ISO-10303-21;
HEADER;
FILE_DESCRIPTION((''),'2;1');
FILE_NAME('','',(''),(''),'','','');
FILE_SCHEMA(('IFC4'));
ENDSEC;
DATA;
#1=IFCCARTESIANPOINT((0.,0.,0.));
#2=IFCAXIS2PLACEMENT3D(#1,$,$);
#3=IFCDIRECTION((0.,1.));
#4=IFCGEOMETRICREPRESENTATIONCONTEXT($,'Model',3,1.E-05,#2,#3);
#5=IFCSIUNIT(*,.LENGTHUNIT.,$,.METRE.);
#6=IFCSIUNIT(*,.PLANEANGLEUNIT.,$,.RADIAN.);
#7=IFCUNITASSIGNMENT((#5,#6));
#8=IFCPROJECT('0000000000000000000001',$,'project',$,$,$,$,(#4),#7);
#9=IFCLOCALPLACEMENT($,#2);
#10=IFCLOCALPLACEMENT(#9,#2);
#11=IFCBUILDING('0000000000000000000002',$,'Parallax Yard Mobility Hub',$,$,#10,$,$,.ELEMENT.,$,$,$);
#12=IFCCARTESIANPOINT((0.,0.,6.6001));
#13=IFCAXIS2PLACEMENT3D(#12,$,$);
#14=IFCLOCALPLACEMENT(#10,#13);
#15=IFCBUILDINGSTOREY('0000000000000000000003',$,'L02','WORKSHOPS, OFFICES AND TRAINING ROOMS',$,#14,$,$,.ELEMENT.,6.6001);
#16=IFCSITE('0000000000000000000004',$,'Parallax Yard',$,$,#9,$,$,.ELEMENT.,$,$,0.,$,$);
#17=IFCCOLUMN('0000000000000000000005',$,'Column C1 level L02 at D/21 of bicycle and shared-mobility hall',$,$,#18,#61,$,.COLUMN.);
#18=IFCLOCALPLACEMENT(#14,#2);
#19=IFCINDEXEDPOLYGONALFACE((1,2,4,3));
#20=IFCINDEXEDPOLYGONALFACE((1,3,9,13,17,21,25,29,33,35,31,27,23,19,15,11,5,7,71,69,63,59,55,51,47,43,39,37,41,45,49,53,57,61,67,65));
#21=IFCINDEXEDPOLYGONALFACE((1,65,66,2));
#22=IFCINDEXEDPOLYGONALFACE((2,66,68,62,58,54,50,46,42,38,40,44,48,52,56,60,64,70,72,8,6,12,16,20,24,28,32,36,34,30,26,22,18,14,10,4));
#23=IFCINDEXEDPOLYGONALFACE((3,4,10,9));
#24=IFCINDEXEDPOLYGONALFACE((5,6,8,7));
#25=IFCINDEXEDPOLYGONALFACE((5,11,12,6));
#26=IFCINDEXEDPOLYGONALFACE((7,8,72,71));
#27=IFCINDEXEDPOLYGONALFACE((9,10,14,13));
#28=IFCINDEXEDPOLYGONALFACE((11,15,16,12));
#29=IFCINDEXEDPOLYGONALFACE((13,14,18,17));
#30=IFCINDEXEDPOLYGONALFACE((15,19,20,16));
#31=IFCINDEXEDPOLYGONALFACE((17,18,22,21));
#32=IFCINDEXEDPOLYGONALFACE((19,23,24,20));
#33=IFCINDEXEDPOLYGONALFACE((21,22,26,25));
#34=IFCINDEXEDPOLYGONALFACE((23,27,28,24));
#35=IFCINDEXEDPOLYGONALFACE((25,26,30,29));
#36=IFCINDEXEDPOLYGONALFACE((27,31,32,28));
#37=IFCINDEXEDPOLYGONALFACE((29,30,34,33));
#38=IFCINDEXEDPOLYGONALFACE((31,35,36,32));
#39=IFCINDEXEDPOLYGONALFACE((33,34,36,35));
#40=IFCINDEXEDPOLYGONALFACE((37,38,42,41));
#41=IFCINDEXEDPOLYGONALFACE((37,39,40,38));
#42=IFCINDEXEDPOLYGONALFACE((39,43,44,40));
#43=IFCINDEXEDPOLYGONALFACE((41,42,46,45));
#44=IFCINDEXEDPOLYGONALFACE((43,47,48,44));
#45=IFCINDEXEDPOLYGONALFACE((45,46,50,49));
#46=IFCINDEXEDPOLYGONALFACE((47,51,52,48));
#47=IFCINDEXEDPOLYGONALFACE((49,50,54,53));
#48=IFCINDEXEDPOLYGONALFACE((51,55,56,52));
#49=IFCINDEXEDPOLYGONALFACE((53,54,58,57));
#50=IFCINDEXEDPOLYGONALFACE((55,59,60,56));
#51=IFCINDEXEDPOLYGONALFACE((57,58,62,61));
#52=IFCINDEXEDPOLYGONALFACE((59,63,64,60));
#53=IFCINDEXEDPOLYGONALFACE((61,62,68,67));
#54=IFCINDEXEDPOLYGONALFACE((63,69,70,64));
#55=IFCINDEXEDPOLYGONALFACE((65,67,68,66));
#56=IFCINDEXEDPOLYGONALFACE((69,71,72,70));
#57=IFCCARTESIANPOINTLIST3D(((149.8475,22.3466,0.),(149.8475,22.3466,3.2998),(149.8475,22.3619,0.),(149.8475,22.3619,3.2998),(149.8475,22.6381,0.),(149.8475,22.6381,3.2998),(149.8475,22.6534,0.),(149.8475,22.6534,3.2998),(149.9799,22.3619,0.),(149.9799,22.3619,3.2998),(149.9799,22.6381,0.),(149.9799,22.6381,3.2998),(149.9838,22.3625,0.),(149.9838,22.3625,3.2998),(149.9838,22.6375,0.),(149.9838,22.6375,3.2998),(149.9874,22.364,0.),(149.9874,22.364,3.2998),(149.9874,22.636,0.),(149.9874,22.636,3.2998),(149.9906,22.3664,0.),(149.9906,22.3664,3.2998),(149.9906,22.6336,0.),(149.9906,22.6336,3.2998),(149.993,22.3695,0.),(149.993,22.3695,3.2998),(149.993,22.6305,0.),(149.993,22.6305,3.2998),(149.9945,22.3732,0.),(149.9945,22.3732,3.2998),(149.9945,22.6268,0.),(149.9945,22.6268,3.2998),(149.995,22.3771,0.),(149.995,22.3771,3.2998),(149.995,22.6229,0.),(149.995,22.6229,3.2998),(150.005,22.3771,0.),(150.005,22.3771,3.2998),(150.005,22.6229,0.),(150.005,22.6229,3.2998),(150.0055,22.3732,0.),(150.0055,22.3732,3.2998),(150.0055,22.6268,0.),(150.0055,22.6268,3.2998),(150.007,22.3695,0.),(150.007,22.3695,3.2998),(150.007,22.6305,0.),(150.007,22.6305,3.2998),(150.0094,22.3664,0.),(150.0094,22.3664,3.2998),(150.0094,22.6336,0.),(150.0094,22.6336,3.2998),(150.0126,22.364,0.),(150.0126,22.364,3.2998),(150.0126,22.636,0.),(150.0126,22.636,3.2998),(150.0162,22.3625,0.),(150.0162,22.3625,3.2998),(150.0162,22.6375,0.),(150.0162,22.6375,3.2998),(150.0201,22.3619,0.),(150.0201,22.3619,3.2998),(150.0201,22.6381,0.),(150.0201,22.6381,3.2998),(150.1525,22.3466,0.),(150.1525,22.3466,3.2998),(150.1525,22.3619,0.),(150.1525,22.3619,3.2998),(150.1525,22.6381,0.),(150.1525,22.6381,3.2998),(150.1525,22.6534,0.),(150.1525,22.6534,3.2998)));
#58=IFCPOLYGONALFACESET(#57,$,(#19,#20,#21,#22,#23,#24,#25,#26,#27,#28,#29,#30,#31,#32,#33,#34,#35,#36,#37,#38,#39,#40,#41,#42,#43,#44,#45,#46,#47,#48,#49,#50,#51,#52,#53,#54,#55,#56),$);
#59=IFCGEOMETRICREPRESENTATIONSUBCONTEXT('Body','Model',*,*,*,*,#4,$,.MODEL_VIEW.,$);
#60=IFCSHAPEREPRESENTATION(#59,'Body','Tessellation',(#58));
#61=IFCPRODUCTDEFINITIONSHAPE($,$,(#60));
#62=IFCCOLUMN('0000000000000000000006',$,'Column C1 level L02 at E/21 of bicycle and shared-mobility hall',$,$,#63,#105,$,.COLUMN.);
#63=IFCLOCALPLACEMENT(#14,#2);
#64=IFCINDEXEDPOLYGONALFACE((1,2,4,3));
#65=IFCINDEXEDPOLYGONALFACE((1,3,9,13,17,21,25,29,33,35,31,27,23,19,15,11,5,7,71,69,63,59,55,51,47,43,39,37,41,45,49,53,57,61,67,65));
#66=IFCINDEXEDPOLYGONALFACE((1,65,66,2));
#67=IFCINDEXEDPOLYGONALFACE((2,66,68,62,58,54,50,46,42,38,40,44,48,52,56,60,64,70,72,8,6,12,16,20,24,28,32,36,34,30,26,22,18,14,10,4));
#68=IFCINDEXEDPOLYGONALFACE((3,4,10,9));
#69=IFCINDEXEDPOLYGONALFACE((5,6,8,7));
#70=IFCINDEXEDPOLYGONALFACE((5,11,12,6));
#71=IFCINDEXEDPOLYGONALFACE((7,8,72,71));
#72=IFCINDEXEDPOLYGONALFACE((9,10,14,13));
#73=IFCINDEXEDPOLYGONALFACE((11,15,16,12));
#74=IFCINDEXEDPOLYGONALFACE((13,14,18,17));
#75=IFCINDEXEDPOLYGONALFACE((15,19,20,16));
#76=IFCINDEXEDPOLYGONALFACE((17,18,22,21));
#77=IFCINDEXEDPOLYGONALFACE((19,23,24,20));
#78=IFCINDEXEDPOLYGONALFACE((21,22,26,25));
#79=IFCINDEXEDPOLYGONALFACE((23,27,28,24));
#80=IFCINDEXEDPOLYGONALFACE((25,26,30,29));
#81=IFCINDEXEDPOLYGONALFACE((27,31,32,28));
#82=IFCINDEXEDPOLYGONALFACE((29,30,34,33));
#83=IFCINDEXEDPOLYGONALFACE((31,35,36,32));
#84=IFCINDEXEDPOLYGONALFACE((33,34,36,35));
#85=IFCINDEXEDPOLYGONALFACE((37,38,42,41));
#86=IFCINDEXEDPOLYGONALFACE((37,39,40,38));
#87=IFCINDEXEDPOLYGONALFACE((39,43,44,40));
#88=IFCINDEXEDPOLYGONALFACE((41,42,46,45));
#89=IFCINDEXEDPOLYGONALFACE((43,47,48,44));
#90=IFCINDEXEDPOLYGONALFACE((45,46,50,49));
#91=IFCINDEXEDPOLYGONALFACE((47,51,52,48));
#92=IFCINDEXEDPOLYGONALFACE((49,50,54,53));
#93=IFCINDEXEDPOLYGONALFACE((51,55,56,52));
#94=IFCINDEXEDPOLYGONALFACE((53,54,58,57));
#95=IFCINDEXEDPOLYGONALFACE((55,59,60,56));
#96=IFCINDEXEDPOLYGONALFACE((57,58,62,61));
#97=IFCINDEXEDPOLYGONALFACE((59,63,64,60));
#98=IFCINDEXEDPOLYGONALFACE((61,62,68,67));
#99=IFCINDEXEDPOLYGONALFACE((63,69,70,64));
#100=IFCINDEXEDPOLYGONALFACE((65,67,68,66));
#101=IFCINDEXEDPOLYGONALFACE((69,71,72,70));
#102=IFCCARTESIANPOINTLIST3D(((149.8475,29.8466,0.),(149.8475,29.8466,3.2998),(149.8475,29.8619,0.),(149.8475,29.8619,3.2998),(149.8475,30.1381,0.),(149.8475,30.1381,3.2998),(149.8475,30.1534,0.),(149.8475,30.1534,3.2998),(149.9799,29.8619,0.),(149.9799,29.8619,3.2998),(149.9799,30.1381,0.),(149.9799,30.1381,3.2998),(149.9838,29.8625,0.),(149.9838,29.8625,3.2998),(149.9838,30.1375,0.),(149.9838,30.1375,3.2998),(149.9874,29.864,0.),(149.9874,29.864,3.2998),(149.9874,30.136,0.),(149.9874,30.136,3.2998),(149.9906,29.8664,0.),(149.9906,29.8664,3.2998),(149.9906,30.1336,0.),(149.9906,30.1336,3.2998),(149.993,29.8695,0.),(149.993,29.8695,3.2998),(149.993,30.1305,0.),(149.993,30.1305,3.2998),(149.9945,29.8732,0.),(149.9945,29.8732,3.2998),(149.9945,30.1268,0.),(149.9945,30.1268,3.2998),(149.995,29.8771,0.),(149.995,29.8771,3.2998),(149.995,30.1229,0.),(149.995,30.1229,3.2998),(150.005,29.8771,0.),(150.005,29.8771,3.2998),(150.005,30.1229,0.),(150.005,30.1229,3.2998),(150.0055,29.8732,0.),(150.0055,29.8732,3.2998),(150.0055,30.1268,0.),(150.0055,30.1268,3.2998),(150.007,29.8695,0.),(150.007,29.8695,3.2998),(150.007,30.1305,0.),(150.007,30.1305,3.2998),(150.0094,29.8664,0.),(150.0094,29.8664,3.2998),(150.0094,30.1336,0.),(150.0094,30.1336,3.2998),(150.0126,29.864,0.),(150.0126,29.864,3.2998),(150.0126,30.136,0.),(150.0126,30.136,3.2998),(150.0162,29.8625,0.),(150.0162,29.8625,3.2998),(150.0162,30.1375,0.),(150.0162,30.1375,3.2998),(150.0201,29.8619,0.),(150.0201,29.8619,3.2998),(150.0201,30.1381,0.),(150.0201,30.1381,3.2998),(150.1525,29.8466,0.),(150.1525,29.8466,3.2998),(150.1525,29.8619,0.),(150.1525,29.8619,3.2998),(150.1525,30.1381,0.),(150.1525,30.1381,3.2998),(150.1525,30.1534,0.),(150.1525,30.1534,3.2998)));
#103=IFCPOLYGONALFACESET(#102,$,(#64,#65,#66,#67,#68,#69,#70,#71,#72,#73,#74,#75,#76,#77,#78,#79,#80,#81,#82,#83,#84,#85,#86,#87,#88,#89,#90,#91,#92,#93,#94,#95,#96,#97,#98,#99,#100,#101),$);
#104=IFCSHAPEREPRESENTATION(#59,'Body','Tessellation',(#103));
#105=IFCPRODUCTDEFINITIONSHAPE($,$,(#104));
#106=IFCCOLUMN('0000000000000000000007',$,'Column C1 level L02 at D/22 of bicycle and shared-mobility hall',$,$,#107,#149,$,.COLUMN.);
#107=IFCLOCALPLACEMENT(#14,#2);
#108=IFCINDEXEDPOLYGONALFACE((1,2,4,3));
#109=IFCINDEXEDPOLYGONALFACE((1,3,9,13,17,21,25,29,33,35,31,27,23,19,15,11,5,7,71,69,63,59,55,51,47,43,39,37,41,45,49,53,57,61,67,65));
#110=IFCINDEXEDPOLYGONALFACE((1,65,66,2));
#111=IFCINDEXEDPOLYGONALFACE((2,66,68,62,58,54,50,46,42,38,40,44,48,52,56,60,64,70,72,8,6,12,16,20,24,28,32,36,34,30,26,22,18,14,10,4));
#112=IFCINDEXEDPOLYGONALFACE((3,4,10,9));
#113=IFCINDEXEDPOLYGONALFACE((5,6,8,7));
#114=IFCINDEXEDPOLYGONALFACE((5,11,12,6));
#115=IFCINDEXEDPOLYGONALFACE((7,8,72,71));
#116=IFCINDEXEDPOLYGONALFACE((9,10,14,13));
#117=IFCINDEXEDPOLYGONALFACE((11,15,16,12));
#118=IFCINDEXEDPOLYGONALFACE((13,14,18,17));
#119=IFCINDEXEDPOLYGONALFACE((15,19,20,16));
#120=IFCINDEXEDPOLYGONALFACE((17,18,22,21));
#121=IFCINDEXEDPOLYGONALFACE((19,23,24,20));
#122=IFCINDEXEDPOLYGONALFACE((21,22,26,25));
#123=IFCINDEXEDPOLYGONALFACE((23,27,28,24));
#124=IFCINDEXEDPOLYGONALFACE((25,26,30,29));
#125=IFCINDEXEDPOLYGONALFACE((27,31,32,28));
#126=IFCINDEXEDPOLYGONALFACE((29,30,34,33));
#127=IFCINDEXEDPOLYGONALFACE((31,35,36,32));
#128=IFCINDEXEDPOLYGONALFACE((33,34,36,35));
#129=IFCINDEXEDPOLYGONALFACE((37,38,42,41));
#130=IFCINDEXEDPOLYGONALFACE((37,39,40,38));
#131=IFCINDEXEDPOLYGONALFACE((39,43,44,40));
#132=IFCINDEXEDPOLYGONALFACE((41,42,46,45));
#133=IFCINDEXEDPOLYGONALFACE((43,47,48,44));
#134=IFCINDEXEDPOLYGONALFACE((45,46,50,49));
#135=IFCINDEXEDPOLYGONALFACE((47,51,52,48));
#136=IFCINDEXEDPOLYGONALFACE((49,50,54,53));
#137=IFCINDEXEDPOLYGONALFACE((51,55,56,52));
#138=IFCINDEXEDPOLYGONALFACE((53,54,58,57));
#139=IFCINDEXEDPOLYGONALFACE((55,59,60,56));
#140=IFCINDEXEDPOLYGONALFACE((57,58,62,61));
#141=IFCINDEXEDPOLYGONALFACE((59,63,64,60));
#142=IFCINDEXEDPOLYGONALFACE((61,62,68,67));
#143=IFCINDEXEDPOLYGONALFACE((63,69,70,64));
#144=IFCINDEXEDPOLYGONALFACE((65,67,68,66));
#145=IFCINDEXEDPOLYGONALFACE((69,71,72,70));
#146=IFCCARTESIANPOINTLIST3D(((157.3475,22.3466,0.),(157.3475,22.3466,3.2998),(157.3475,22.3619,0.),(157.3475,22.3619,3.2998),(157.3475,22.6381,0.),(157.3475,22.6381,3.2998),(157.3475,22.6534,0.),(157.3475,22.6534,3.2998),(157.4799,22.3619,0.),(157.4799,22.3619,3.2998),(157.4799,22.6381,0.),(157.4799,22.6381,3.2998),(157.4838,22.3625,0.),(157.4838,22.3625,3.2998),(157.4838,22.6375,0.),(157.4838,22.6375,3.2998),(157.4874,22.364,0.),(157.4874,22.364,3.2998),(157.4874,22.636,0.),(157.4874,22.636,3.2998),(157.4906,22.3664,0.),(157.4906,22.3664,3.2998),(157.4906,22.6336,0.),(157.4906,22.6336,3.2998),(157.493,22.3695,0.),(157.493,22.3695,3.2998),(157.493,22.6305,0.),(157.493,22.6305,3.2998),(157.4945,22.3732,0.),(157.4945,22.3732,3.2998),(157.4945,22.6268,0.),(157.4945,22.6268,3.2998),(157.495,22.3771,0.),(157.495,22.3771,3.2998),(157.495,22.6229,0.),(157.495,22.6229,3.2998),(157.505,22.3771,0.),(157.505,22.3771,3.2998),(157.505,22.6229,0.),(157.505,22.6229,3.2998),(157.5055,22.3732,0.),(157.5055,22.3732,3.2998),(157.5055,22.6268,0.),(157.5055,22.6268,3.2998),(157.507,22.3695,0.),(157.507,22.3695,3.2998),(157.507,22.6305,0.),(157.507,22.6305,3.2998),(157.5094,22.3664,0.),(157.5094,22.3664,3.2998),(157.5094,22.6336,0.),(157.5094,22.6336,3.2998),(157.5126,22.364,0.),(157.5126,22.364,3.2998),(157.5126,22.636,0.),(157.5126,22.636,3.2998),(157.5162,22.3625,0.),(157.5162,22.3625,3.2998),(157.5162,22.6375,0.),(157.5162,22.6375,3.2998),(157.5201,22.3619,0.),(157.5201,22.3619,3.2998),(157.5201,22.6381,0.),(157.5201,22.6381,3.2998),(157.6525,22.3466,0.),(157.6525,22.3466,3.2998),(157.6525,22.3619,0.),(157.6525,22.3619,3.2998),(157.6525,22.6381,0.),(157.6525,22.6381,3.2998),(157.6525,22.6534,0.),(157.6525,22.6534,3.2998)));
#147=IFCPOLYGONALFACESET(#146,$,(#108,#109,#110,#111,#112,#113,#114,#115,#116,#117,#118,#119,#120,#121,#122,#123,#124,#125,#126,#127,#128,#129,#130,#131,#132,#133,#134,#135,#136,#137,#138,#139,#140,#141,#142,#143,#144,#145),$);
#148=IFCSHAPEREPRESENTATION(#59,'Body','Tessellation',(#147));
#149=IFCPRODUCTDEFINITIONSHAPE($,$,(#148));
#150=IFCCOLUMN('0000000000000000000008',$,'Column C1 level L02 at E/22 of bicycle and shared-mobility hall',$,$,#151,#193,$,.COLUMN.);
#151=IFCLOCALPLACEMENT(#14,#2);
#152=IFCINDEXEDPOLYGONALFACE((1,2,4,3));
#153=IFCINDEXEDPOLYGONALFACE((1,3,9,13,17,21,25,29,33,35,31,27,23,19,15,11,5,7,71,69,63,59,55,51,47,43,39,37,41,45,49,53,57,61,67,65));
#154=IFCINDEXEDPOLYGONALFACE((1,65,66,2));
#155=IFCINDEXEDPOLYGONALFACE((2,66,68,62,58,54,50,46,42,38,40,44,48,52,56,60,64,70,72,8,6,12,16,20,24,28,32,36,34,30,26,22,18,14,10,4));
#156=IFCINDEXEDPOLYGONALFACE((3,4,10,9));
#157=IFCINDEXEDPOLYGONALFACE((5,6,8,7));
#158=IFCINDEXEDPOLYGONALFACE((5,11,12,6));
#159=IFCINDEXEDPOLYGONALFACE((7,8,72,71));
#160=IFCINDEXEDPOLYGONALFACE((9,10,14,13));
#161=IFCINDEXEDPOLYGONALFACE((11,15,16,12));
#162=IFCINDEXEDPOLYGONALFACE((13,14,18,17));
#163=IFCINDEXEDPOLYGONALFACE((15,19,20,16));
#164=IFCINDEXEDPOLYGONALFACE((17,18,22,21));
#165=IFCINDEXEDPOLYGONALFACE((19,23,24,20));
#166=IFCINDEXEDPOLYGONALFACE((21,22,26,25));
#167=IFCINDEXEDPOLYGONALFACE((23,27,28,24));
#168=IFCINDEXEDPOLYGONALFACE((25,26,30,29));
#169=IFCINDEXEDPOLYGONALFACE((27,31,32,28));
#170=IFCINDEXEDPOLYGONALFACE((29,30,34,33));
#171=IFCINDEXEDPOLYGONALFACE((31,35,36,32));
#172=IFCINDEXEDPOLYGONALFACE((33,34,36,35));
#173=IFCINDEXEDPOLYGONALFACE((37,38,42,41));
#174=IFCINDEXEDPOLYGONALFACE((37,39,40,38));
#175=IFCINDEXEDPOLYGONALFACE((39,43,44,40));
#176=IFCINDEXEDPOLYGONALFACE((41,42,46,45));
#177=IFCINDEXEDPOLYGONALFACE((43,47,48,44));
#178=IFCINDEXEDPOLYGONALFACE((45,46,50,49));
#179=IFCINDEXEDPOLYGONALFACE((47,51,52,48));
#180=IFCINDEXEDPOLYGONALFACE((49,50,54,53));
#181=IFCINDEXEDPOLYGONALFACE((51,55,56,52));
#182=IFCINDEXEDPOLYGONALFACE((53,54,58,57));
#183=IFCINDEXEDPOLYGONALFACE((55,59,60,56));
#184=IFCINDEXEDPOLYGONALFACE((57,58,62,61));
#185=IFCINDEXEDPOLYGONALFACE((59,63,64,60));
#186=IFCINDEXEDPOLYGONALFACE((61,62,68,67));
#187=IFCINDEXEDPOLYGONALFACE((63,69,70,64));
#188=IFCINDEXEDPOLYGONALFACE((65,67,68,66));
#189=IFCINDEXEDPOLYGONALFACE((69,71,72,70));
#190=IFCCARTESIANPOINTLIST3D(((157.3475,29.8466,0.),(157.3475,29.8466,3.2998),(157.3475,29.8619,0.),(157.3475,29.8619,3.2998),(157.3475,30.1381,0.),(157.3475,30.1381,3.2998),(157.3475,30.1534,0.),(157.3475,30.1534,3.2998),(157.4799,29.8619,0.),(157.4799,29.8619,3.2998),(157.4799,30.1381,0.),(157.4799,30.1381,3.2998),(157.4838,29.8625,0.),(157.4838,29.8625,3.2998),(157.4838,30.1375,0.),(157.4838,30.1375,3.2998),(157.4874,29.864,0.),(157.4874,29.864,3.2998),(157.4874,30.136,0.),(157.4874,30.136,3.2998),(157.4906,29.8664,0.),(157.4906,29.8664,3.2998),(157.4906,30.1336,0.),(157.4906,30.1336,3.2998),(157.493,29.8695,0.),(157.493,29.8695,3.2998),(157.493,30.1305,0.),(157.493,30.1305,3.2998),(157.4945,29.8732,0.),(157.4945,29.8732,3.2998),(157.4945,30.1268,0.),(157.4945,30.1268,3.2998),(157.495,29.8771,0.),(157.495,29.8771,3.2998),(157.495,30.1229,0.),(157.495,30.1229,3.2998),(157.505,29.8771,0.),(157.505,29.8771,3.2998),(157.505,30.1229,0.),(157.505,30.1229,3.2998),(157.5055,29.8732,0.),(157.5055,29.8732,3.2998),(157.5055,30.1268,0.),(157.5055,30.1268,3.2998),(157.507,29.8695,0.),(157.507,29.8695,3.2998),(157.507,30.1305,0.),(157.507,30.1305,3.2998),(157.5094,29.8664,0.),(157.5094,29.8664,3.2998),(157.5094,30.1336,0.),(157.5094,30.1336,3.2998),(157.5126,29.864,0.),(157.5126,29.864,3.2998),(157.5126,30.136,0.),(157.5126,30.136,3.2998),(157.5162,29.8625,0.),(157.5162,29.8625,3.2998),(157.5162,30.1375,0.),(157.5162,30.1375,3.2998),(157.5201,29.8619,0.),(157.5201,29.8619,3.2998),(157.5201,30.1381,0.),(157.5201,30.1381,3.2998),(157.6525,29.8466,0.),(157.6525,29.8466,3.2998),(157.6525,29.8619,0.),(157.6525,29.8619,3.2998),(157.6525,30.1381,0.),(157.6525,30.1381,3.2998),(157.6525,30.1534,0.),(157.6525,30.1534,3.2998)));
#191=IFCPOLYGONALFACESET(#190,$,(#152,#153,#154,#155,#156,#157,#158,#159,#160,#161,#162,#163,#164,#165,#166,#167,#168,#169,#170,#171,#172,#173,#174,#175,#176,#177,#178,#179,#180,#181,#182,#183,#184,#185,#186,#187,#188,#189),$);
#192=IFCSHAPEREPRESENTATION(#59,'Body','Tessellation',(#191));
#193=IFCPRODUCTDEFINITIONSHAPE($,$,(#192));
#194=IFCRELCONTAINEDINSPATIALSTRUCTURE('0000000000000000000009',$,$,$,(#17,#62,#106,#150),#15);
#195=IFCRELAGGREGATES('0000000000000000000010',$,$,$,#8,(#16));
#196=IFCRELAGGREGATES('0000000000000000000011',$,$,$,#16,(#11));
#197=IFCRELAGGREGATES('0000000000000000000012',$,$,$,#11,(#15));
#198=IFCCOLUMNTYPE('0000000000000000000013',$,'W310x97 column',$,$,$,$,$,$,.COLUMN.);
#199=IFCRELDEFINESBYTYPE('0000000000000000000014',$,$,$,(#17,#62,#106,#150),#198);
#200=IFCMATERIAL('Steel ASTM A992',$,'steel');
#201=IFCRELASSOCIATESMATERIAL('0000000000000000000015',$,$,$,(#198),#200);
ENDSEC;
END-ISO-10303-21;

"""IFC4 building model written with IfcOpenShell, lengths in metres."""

from ifc_helpers import new_model, si_unit, direction, frame, origin, origin_2d, place, context, subcontext, project, spatial, i_section, extrude, material, material_profile, profile_set, type_object, element, save


model = new_model("IFC4")

# Units and contexts
model_context = context("Model", 3, precision=1e-05, world=origin(), true_north=direction((0.0, 1.0)))
body_context = subcontext(model_context, "Body", "Model", "MODEL_VIEW")
ifc_project = project(units=[si_unit("LENGTHUNIT", "METRE"), si_unit("PLANEANGLEUNIT", "RADIAN")], contexts=[model_context])

# Site, building, storey
site_placement = place(None, origin())
site = spatial("IfcSite", under=ifc_project, at=site_placement, Name="Parallax Yard", CompositionType="ELEMENT", RefElevation=0.0)
building_placement = place(site_placement, origin())
building = spatial("IfcBuilding", under=site, at=building_placement, Name="Parallax Yard Mobility Hub", CompositionType="ELEMENT")
storey_placement = place(building_placement, frame((0.0, 0.0, 6.6001)))
storey = spatial("IfcBuildingStorey", under=building, at=storey_placement, Name="L02", Description="WORKSHOPS, OFFICES AND TRAINING ROOMS", CompositionType="ELEMENT", Elevation=6.6001)

# Columns
ifc_material_1 = material(Name="Steel ASTM A992", Category="steel")
ifc_material_profile_1 = material_profile(ifc_material_1, i_section(OverallWidth=0.3049, OverallDepth=0.3069, WebThickness=0.01, FlangeThickness=0.0154, FilletRadius=0.0151, at=origin_2d()), Name="W310x97")
ifc_profile_set_1 = profile_set([ifc_material_profile_1], Name="Steel ASTM A992")
column_type = type_object("IfcColumnType", Name="W310x97 column", PredefinedType="COLUMN", material=ifc_profile_set_1)
for number, where, z_axis, x_axis, name in (
    (1, (150.0, 22.5, 0.0), (0.0, 0.0, 1.0), (1.0, 0.0, 0.0), "Column C1 level L02 at D/21 of bicycle and shared-mobility hall"),
    (2, (150.0, 30.0, 0.0), (0.0, 0.0, 1.0), (1.0, 0.0, 0.0), "Column C1 level L02 at E/21 of bicycle and shared-mobility hall"),
    (3, (157.5, 22.5, 0.0), (0.0, 0.0, 1.0), (1.0, 0.0, 0.0), "Column C1 level L02 at D/22 of bicycle and shared-mobility hall"),
    (4, (157.5, 30.0, 0.0), (0.0, 0.0, 1.0), (1.0, 0.0, 0.0), "Column C1 level L02 at E/22 of bicycle and shared-mobility hall"),
):
    element("IfcColumn", number, at=place(storey_placement, frame(where, z_axis=z_axis, x_axis=x_axis)), inside=storey, type_object=column_type, Name=name, PredefinedType="COLUMN", context=body_context, shape_type="SweptSolid", body=[
        extrude(i_section(OverallWidth=0.3049, OverallDepth=0.3069, WebThickness=0.01, FlangeThickness=0.0154, FilletRadius=0.0151, at=origin_2d()), origin(), (0.0, 0.0, 1.0), 3.2998),
    ])

save(model, "model.ifc")
